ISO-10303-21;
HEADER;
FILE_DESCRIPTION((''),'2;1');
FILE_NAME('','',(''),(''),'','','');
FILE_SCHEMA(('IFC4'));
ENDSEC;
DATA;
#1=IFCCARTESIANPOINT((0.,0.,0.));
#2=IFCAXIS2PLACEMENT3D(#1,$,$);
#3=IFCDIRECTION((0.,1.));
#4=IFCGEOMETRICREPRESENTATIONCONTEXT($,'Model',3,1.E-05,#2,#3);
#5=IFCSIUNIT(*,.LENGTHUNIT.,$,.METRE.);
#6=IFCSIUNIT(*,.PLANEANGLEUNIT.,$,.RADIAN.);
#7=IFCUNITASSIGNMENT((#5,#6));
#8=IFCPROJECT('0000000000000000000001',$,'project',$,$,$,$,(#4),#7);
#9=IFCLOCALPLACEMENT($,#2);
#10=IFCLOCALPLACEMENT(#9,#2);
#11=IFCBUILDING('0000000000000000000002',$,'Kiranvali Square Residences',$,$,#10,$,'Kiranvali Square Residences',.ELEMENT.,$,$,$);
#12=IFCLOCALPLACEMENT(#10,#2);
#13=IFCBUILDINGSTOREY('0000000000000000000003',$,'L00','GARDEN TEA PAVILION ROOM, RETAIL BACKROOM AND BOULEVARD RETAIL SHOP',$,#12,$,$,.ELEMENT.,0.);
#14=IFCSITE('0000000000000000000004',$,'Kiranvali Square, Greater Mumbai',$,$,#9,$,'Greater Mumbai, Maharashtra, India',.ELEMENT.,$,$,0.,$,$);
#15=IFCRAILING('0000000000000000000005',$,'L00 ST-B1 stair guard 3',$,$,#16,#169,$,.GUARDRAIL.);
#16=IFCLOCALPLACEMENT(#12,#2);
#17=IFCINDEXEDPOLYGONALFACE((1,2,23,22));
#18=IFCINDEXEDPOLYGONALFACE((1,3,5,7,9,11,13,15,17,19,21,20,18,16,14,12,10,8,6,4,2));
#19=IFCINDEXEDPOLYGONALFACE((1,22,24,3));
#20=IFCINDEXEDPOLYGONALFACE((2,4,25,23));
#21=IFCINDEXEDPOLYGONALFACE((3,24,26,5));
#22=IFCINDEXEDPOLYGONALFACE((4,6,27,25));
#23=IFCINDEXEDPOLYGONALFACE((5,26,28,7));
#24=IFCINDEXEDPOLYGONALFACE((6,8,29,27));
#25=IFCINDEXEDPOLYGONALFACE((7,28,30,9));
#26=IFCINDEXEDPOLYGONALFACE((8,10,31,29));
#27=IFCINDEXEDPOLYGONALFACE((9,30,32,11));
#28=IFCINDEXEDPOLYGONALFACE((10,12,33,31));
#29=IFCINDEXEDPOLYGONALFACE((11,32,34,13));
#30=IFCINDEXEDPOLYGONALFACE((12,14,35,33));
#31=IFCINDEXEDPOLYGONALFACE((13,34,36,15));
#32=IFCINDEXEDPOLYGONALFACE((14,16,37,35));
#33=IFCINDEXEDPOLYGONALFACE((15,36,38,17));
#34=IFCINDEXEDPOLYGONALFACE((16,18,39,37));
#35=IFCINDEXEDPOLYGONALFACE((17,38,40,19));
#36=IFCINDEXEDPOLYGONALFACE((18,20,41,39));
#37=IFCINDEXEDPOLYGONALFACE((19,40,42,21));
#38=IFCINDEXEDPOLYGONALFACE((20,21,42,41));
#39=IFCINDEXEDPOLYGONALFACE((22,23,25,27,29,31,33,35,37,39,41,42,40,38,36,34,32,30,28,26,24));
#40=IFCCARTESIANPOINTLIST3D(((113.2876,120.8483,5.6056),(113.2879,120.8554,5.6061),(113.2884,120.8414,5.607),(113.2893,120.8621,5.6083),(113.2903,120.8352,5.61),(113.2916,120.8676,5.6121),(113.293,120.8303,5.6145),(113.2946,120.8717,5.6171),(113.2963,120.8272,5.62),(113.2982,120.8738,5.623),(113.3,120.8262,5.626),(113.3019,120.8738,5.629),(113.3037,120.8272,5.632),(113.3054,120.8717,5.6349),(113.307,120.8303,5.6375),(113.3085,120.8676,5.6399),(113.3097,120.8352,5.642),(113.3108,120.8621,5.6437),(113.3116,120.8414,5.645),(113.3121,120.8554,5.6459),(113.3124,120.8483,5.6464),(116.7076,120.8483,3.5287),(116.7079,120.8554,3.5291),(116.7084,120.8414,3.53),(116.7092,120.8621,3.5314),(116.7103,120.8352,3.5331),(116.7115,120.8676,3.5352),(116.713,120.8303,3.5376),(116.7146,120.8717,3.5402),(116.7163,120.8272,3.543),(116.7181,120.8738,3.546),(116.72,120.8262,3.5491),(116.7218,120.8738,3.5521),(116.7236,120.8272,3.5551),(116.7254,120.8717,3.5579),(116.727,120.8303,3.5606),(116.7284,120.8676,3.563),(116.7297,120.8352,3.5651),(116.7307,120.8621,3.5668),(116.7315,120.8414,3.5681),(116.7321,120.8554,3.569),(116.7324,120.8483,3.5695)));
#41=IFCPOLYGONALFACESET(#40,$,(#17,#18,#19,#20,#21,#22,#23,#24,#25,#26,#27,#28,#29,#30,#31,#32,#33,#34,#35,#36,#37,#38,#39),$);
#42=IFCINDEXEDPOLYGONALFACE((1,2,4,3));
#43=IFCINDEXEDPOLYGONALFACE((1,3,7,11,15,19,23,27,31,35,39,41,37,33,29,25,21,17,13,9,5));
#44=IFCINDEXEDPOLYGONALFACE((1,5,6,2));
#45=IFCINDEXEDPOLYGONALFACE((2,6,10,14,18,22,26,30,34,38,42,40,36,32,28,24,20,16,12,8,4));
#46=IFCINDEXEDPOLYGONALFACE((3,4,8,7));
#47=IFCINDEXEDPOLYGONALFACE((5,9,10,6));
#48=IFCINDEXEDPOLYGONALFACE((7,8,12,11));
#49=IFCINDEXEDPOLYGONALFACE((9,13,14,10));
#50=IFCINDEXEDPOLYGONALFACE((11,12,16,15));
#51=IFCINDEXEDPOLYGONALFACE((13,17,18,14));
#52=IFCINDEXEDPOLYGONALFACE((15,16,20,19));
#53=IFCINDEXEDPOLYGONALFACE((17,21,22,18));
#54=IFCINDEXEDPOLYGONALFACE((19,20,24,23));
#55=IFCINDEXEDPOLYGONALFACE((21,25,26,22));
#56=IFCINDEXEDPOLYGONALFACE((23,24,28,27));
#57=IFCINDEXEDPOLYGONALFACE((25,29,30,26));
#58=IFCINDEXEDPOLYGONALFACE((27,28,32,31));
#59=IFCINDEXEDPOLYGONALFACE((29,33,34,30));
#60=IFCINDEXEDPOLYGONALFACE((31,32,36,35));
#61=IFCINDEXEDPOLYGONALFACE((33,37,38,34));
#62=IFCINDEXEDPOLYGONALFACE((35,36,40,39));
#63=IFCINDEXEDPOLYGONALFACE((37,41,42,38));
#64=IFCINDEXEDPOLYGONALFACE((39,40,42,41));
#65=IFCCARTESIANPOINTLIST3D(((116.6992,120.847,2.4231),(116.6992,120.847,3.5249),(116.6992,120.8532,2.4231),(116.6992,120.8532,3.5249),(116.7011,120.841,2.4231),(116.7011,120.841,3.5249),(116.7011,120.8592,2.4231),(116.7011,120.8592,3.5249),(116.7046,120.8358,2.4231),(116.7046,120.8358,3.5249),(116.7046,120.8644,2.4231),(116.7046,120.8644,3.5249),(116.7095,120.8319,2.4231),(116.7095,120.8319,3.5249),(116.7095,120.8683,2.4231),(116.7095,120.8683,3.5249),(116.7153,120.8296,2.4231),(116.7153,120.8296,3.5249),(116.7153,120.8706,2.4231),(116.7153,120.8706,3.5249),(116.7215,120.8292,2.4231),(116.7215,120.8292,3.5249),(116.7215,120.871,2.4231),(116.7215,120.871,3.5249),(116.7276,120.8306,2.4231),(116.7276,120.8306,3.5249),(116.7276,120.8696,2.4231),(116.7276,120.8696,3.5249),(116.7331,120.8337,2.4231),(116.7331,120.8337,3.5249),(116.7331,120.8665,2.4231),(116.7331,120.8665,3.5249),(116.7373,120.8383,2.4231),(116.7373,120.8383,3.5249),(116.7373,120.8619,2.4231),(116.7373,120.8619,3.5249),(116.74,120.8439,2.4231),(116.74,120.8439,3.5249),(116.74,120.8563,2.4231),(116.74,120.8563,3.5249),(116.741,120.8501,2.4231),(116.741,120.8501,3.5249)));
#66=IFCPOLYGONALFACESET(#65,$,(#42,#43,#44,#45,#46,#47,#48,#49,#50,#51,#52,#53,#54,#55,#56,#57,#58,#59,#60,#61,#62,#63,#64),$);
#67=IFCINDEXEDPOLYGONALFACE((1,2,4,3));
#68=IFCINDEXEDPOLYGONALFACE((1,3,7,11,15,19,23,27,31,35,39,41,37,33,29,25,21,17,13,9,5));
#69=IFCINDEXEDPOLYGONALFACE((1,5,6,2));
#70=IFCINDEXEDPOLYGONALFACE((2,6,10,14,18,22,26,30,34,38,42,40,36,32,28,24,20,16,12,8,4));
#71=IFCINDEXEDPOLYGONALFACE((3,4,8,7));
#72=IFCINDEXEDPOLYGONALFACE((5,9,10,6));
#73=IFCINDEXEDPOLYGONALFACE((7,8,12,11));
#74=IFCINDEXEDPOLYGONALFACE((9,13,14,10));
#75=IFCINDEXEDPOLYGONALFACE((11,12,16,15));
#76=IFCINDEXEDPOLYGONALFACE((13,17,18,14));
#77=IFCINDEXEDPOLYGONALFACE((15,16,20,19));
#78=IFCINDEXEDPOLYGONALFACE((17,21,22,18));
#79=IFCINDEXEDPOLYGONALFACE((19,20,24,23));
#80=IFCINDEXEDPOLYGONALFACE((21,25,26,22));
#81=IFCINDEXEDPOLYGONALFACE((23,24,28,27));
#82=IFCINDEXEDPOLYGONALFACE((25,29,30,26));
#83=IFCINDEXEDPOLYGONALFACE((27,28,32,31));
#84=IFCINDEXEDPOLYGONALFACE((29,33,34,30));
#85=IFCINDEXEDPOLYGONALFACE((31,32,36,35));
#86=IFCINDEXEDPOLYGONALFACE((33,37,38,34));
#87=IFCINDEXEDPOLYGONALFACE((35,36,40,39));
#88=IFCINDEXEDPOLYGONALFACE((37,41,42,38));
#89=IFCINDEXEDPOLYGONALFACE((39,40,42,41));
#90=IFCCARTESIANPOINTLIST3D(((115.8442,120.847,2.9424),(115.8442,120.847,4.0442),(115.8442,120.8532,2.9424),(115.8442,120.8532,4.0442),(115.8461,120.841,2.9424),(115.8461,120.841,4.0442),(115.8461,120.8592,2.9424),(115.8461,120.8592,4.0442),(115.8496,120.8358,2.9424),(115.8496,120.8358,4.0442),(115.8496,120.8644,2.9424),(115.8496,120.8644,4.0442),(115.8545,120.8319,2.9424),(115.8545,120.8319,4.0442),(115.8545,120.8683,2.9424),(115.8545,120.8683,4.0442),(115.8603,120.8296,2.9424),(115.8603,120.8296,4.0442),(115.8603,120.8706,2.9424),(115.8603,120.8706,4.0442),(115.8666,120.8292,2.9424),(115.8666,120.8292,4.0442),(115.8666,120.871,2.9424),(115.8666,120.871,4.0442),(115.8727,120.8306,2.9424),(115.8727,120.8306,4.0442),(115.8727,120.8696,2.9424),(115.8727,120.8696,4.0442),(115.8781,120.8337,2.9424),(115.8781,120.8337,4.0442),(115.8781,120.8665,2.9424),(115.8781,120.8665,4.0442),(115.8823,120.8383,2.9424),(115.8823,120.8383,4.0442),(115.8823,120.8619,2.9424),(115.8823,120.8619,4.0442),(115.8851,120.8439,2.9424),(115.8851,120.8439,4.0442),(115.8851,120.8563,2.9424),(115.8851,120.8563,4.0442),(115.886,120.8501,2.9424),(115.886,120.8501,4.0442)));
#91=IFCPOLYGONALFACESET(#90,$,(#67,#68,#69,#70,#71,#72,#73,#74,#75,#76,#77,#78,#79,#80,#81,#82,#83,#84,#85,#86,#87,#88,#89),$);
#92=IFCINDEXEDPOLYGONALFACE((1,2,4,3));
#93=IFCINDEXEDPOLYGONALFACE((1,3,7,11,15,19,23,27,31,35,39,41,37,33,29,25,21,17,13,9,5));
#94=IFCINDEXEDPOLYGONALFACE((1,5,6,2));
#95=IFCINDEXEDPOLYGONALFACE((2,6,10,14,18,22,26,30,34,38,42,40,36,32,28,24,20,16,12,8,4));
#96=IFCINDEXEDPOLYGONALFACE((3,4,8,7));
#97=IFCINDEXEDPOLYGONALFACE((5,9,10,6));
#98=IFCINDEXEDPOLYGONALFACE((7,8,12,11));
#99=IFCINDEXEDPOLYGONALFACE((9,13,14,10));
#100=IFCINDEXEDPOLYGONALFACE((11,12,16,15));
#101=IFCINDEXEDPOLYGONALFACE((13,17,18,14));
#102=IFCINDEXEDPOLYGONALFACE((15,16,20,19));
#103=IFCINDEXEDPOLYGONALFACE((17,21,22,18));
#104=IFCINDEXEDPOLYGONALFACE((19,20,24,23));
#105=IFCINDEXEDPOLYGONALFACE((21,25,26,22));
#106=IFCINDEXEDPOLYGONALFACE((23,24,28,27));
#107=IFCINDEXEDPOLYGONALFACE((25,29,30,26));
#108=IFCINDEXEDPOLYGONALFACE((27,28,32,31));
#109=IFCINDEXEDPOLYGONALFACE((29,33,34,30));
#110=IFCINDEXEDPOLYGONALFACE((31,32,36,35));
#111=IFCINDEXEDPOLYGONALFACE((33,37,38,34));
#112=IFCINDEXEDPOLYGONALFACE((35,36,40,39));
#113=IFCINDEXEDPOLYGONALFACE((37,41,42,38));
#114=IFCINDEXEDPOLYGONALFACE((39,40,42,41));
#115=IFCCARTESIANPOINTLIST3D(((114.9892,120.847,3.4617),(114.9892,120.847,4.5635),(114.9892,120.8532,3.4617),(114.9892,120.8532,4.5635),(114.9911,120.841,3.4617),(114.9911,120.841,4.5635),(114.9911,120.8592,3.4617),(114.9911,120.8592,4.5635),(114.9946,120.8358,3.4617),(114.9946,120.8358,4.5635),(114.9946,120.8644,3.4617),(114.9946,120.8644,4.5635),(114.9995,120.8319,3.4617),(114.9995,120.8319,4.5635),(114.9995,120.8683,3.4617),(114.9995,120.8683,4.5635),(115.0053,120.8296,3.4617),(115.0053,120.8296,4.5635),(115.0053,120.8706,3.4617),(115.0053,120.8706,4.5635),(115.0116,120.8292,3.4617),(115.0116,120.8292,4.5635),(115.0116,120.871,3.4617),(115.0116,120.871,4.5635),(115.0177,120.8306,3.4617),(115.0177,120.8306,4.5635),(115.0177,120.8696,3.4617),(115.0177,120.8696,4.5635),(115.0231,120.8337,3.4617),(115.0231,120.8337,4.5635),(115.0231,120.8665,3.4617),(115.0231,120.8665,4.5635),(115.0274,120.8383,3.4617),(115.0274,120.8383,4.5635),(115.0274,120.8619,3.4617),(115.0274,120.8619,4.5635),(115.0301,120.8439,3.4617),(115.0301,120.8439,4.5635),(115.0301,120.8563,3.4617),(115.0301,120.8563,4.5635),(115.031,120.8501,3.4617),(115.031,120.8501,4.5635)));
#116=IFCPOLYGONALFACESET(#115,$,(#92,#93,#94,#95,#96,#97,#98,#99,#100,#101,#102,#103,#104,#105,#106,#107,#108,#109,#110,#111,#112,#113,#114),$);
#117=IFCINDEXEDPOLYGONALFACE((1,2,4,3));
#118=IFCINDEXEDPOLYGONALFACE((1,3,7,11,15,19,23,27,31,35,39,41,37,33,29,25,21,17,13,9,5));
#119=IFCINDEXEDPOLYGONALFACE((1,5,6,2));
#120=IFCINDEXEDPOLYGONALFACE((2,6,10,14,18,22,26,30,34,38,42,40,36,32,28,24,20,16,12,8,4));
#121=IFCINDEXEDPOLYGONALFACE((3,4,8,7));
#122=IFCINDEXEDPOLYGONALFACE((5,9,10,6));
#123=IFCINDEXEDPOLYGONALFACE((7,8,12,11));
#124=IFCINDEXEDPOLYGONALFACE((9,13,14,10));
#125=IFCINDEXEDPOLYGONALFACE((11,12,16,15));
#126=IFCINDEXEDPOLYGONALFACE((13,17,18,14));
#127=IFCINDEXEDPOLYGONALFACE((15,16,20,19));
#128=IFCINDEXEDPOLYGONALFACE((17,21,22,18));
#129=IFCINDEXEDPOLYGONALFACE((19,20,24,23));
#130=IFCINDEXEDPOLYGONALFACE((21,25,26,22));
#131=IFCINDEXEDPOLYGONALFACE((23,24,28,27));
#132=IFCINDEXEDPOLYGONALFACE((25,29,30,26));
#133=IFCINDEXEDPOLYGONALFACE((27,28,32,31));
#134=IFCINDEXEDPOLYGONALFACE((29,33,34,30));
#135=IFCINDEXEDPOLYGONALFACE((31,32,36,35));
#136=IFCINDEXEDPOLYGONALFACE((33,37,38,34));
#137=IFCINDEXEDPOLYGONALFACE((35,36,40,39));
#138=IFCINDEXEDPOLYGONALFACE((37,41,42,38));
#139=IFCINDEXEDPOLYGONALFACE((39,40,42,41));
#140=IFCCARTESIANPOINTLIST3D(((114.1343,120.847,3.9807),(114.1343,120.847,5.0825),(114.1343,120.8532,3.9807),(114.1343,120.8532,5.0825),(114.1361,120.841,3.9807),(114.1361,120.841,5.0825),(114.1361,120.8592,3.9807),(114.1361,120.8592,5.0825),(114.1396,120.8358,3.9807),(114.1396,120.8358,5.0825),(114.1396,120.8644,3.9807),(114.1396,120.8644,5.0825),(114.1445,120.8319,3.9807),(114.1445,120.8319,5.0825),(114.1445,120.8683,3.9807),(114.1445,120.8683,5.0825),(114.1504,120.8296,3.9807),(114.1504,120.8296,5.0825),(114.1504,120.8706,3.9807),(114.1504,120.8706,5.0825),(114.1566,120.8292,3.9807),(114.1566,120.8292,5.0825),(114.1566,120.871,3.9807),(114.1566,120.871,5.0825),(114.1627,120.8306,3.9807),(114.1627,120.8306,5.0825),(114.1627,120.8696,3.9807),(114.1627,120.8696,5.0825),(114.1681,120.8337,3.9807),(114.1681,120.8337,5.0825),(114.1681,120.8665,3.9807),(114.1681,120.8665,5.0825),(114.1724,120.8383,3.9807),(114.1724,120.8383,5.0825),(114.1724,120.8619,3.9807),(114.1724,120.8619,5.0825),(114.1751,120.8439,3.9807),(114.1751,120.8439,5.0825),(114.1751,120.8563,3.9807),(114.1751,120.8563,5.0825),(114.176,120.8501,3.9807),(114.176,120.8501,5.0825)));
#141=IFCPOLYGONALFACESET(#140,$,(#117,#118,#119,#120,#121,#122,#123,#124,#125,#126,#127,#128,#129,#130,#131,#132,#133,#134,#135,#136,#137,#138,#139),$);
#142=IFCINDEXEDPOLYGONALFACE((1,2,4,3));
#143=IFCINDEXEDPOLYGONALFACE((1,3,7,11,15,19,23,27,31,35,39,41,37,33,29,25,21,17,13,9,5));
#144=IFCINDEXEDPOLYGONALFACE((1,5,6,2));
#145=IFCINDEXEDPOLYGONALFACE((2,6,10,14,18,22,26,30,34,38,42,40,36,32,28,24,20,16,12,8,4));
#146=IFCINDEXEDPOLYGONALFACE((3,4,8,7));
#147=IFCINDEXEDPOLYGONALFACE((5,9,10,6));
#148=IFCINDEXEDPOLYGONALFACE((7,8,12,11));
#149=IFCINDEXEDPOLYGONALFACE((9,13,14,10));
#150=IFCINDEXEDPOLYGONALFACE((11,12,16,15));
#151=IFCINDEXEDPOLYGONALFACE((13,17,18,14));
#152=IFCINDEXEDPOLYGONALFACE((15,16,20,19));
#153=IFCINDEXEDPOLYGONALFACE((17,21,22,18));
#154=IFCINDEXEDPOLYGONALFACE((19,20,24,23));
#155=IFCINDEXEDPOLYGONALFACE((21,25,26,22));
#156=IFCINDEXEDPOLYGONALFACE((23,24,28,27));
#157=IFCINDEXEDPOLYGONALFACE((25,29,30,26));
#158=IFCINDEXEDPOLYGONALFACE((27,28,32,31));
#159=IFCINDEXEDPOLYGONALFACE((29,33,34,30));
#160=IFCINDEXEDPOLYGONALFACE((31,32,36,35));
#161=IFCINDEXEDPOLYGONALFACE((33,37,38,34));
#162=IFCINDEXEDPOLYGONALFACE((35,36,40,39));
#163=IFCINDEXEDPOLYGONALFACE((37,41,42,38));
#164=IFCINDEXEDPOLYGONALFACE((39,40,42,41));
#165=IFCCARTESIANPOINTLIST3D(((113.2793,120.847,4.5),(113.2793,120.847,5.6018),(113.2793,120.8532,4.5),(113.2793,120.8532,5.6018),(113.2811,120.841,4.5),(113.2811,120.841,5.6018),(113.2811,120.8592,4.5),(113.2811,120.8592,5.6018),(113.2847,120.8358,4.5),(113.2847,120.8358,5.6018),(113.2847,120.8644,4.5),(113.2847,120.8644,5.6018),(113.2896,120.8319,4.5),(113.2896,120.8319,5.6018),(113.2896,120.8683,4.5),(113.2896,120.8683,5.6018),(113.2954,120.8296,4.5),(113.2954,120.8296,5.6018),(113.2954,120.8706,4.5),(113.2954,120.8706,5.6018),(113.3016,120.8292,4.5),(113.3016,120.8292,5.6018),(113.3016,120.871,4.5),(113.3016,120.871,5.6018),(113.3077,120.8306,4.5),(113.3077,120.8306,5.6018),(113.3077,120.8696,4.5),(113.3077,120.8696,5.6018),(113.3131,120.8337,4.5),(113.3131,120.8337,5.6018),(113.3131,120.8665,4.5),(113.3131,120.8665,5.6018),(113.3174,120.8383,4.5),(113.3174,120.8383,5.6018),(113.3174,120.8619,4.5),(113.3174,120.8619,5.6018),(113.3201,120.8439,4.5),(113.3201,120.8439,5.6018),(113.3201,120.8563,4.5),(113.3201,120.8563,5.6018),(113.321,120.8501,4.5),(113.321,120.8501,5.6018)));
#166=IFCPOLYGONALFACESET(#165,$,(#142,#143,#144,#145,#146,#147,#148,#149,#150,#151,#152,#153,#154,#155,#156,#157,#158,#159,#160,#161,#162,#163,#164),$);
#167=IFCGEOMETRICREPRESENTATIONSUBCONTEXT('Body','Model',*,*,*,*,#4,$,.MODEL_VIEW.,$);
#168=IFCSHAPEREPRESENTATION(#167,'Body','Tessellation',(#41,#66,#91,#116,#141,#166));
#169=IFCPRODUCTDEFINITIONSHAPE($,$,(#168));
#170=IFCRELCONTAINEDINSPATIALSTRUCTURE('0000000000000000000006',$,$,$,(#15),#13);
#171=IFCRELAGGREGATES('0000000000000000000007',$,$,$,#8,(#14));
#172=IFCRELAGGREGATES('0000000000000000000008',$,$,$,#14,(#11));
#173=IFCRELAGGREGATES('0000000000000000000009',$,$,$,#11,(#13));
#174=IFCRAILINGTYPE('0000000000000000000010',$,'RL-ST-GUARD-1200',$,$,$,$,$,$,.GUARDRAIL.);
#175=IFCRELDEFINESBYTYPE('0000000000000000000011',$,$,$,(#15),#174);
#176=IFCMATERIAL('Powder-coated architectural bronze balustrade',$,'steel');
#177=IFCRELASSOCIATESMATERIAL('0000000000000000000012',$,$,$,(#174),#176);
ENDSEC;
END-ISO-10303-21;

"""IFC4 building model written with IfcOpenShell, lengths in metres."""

from ifc_helpers import new_model, si_unit, direction, frame, origin, origin_2d, place, context, subcontext, project, spatial, circle, extrude, material, type_object, element, save


model = new_model("IFC4")

# Units and contexts
model_context = context("Model", 3, precision=1e-05, world=origin(), true_north=direction((0.0, 1.0)))
body_context = subcontext(model_context, "Body", "Model", "MODEL_VIEW")
ifc_project = project(units=[si_unit("LENGTHUNIT", "METRE"), si_unit("PLANEANGLEUNIT", "RADIAN")], contexts=[model_context])

# Site, building, storey
site_placement = place(None, origin())
site = spatial("IfcSite", under=ifc_project, at=site_placement, Name="Kiranvali Square, Greater Mumbai", LongName="Greater Mumbai, Maharashtra, India", CompositionType="ELEMENT", RefElevation=0.0)
building_placement = place(site_placement, origin())
building = spatial("IfcBuilding", under=site, at=building_placement, Name="Kiranvali Square Residences", LongName="Kiranvali Square Residences", CompositionType="ELEMENT")
storey_placement = place(building_placement, origin())
storey = spatial("IfcBuildingStorey", under=building, at=storey_placement, Name="L00", Description="GARDEN TEA PAVILION ROOM, RETAIL BACKROOM AND BOULEVARD RETAIL SHOP", CompositionType="ELEMENT", Elevation=0.0)

# Railing
ifc_material_1 = material(Name="Powder-coated architectural bronze balustrade", Category="steel")
railing_type_1 = type_object("IfcRailingType", Name="RL-ST-GUARD-1200", PredefinedType="GUARDRAIL", material=ifc_material_1)
railing_1_placement = place(storey_placement, frame((116.72, 120.8501, 2.4231)))
element("IfcRailing", 1, at=railing_1_placement, inside=storey, type_object=railing_type_1, Name="L00 ST-B1 stair guard 3", PredefinedType="GUARDRAIL", context=body_context, shape_type="SweptSolid", body=[
    extrude(circle(Radius=0.0239, at=origin_2d()), frame((0.0, 0.0, 1.126), z_axis=(-0.85473, 0.0, 0.519074), x_axis=(0.0, -1.0, 0.0)), (0.0, 0.0, 1.0), 4.0012),
    extrude(circle(Radius=0.021, at=origin_2d()), origin(), (0.0, 0.0, 1.0), 1.1018),
    extrude(circle(Radius=0.021, at=origin_2d()), frame((-0.855, 0.0, 0.5193)), (0.0, 0.0, 1.0), 1.1018),
    extrude(circle(Radius=0.021, at=origin_2d()), frame((-1.71, 0.0, 1.0386)), (0.0, 0.0, 1.0), 1.1018),
    extrude(circle(Radius=0.021, at=origin_2d()), frame((-2.5649, 0.0, 1.5576)), (0.0, 0.0, 1.0), 1.1018),
    extrude(circle(Radius=0.021, at=origin_2d()), frame((-3.4199, 0.0, 2.0769)), (0.0, 0.0, 1.0), 1.1018),
])

save(model, "model.ifc")
